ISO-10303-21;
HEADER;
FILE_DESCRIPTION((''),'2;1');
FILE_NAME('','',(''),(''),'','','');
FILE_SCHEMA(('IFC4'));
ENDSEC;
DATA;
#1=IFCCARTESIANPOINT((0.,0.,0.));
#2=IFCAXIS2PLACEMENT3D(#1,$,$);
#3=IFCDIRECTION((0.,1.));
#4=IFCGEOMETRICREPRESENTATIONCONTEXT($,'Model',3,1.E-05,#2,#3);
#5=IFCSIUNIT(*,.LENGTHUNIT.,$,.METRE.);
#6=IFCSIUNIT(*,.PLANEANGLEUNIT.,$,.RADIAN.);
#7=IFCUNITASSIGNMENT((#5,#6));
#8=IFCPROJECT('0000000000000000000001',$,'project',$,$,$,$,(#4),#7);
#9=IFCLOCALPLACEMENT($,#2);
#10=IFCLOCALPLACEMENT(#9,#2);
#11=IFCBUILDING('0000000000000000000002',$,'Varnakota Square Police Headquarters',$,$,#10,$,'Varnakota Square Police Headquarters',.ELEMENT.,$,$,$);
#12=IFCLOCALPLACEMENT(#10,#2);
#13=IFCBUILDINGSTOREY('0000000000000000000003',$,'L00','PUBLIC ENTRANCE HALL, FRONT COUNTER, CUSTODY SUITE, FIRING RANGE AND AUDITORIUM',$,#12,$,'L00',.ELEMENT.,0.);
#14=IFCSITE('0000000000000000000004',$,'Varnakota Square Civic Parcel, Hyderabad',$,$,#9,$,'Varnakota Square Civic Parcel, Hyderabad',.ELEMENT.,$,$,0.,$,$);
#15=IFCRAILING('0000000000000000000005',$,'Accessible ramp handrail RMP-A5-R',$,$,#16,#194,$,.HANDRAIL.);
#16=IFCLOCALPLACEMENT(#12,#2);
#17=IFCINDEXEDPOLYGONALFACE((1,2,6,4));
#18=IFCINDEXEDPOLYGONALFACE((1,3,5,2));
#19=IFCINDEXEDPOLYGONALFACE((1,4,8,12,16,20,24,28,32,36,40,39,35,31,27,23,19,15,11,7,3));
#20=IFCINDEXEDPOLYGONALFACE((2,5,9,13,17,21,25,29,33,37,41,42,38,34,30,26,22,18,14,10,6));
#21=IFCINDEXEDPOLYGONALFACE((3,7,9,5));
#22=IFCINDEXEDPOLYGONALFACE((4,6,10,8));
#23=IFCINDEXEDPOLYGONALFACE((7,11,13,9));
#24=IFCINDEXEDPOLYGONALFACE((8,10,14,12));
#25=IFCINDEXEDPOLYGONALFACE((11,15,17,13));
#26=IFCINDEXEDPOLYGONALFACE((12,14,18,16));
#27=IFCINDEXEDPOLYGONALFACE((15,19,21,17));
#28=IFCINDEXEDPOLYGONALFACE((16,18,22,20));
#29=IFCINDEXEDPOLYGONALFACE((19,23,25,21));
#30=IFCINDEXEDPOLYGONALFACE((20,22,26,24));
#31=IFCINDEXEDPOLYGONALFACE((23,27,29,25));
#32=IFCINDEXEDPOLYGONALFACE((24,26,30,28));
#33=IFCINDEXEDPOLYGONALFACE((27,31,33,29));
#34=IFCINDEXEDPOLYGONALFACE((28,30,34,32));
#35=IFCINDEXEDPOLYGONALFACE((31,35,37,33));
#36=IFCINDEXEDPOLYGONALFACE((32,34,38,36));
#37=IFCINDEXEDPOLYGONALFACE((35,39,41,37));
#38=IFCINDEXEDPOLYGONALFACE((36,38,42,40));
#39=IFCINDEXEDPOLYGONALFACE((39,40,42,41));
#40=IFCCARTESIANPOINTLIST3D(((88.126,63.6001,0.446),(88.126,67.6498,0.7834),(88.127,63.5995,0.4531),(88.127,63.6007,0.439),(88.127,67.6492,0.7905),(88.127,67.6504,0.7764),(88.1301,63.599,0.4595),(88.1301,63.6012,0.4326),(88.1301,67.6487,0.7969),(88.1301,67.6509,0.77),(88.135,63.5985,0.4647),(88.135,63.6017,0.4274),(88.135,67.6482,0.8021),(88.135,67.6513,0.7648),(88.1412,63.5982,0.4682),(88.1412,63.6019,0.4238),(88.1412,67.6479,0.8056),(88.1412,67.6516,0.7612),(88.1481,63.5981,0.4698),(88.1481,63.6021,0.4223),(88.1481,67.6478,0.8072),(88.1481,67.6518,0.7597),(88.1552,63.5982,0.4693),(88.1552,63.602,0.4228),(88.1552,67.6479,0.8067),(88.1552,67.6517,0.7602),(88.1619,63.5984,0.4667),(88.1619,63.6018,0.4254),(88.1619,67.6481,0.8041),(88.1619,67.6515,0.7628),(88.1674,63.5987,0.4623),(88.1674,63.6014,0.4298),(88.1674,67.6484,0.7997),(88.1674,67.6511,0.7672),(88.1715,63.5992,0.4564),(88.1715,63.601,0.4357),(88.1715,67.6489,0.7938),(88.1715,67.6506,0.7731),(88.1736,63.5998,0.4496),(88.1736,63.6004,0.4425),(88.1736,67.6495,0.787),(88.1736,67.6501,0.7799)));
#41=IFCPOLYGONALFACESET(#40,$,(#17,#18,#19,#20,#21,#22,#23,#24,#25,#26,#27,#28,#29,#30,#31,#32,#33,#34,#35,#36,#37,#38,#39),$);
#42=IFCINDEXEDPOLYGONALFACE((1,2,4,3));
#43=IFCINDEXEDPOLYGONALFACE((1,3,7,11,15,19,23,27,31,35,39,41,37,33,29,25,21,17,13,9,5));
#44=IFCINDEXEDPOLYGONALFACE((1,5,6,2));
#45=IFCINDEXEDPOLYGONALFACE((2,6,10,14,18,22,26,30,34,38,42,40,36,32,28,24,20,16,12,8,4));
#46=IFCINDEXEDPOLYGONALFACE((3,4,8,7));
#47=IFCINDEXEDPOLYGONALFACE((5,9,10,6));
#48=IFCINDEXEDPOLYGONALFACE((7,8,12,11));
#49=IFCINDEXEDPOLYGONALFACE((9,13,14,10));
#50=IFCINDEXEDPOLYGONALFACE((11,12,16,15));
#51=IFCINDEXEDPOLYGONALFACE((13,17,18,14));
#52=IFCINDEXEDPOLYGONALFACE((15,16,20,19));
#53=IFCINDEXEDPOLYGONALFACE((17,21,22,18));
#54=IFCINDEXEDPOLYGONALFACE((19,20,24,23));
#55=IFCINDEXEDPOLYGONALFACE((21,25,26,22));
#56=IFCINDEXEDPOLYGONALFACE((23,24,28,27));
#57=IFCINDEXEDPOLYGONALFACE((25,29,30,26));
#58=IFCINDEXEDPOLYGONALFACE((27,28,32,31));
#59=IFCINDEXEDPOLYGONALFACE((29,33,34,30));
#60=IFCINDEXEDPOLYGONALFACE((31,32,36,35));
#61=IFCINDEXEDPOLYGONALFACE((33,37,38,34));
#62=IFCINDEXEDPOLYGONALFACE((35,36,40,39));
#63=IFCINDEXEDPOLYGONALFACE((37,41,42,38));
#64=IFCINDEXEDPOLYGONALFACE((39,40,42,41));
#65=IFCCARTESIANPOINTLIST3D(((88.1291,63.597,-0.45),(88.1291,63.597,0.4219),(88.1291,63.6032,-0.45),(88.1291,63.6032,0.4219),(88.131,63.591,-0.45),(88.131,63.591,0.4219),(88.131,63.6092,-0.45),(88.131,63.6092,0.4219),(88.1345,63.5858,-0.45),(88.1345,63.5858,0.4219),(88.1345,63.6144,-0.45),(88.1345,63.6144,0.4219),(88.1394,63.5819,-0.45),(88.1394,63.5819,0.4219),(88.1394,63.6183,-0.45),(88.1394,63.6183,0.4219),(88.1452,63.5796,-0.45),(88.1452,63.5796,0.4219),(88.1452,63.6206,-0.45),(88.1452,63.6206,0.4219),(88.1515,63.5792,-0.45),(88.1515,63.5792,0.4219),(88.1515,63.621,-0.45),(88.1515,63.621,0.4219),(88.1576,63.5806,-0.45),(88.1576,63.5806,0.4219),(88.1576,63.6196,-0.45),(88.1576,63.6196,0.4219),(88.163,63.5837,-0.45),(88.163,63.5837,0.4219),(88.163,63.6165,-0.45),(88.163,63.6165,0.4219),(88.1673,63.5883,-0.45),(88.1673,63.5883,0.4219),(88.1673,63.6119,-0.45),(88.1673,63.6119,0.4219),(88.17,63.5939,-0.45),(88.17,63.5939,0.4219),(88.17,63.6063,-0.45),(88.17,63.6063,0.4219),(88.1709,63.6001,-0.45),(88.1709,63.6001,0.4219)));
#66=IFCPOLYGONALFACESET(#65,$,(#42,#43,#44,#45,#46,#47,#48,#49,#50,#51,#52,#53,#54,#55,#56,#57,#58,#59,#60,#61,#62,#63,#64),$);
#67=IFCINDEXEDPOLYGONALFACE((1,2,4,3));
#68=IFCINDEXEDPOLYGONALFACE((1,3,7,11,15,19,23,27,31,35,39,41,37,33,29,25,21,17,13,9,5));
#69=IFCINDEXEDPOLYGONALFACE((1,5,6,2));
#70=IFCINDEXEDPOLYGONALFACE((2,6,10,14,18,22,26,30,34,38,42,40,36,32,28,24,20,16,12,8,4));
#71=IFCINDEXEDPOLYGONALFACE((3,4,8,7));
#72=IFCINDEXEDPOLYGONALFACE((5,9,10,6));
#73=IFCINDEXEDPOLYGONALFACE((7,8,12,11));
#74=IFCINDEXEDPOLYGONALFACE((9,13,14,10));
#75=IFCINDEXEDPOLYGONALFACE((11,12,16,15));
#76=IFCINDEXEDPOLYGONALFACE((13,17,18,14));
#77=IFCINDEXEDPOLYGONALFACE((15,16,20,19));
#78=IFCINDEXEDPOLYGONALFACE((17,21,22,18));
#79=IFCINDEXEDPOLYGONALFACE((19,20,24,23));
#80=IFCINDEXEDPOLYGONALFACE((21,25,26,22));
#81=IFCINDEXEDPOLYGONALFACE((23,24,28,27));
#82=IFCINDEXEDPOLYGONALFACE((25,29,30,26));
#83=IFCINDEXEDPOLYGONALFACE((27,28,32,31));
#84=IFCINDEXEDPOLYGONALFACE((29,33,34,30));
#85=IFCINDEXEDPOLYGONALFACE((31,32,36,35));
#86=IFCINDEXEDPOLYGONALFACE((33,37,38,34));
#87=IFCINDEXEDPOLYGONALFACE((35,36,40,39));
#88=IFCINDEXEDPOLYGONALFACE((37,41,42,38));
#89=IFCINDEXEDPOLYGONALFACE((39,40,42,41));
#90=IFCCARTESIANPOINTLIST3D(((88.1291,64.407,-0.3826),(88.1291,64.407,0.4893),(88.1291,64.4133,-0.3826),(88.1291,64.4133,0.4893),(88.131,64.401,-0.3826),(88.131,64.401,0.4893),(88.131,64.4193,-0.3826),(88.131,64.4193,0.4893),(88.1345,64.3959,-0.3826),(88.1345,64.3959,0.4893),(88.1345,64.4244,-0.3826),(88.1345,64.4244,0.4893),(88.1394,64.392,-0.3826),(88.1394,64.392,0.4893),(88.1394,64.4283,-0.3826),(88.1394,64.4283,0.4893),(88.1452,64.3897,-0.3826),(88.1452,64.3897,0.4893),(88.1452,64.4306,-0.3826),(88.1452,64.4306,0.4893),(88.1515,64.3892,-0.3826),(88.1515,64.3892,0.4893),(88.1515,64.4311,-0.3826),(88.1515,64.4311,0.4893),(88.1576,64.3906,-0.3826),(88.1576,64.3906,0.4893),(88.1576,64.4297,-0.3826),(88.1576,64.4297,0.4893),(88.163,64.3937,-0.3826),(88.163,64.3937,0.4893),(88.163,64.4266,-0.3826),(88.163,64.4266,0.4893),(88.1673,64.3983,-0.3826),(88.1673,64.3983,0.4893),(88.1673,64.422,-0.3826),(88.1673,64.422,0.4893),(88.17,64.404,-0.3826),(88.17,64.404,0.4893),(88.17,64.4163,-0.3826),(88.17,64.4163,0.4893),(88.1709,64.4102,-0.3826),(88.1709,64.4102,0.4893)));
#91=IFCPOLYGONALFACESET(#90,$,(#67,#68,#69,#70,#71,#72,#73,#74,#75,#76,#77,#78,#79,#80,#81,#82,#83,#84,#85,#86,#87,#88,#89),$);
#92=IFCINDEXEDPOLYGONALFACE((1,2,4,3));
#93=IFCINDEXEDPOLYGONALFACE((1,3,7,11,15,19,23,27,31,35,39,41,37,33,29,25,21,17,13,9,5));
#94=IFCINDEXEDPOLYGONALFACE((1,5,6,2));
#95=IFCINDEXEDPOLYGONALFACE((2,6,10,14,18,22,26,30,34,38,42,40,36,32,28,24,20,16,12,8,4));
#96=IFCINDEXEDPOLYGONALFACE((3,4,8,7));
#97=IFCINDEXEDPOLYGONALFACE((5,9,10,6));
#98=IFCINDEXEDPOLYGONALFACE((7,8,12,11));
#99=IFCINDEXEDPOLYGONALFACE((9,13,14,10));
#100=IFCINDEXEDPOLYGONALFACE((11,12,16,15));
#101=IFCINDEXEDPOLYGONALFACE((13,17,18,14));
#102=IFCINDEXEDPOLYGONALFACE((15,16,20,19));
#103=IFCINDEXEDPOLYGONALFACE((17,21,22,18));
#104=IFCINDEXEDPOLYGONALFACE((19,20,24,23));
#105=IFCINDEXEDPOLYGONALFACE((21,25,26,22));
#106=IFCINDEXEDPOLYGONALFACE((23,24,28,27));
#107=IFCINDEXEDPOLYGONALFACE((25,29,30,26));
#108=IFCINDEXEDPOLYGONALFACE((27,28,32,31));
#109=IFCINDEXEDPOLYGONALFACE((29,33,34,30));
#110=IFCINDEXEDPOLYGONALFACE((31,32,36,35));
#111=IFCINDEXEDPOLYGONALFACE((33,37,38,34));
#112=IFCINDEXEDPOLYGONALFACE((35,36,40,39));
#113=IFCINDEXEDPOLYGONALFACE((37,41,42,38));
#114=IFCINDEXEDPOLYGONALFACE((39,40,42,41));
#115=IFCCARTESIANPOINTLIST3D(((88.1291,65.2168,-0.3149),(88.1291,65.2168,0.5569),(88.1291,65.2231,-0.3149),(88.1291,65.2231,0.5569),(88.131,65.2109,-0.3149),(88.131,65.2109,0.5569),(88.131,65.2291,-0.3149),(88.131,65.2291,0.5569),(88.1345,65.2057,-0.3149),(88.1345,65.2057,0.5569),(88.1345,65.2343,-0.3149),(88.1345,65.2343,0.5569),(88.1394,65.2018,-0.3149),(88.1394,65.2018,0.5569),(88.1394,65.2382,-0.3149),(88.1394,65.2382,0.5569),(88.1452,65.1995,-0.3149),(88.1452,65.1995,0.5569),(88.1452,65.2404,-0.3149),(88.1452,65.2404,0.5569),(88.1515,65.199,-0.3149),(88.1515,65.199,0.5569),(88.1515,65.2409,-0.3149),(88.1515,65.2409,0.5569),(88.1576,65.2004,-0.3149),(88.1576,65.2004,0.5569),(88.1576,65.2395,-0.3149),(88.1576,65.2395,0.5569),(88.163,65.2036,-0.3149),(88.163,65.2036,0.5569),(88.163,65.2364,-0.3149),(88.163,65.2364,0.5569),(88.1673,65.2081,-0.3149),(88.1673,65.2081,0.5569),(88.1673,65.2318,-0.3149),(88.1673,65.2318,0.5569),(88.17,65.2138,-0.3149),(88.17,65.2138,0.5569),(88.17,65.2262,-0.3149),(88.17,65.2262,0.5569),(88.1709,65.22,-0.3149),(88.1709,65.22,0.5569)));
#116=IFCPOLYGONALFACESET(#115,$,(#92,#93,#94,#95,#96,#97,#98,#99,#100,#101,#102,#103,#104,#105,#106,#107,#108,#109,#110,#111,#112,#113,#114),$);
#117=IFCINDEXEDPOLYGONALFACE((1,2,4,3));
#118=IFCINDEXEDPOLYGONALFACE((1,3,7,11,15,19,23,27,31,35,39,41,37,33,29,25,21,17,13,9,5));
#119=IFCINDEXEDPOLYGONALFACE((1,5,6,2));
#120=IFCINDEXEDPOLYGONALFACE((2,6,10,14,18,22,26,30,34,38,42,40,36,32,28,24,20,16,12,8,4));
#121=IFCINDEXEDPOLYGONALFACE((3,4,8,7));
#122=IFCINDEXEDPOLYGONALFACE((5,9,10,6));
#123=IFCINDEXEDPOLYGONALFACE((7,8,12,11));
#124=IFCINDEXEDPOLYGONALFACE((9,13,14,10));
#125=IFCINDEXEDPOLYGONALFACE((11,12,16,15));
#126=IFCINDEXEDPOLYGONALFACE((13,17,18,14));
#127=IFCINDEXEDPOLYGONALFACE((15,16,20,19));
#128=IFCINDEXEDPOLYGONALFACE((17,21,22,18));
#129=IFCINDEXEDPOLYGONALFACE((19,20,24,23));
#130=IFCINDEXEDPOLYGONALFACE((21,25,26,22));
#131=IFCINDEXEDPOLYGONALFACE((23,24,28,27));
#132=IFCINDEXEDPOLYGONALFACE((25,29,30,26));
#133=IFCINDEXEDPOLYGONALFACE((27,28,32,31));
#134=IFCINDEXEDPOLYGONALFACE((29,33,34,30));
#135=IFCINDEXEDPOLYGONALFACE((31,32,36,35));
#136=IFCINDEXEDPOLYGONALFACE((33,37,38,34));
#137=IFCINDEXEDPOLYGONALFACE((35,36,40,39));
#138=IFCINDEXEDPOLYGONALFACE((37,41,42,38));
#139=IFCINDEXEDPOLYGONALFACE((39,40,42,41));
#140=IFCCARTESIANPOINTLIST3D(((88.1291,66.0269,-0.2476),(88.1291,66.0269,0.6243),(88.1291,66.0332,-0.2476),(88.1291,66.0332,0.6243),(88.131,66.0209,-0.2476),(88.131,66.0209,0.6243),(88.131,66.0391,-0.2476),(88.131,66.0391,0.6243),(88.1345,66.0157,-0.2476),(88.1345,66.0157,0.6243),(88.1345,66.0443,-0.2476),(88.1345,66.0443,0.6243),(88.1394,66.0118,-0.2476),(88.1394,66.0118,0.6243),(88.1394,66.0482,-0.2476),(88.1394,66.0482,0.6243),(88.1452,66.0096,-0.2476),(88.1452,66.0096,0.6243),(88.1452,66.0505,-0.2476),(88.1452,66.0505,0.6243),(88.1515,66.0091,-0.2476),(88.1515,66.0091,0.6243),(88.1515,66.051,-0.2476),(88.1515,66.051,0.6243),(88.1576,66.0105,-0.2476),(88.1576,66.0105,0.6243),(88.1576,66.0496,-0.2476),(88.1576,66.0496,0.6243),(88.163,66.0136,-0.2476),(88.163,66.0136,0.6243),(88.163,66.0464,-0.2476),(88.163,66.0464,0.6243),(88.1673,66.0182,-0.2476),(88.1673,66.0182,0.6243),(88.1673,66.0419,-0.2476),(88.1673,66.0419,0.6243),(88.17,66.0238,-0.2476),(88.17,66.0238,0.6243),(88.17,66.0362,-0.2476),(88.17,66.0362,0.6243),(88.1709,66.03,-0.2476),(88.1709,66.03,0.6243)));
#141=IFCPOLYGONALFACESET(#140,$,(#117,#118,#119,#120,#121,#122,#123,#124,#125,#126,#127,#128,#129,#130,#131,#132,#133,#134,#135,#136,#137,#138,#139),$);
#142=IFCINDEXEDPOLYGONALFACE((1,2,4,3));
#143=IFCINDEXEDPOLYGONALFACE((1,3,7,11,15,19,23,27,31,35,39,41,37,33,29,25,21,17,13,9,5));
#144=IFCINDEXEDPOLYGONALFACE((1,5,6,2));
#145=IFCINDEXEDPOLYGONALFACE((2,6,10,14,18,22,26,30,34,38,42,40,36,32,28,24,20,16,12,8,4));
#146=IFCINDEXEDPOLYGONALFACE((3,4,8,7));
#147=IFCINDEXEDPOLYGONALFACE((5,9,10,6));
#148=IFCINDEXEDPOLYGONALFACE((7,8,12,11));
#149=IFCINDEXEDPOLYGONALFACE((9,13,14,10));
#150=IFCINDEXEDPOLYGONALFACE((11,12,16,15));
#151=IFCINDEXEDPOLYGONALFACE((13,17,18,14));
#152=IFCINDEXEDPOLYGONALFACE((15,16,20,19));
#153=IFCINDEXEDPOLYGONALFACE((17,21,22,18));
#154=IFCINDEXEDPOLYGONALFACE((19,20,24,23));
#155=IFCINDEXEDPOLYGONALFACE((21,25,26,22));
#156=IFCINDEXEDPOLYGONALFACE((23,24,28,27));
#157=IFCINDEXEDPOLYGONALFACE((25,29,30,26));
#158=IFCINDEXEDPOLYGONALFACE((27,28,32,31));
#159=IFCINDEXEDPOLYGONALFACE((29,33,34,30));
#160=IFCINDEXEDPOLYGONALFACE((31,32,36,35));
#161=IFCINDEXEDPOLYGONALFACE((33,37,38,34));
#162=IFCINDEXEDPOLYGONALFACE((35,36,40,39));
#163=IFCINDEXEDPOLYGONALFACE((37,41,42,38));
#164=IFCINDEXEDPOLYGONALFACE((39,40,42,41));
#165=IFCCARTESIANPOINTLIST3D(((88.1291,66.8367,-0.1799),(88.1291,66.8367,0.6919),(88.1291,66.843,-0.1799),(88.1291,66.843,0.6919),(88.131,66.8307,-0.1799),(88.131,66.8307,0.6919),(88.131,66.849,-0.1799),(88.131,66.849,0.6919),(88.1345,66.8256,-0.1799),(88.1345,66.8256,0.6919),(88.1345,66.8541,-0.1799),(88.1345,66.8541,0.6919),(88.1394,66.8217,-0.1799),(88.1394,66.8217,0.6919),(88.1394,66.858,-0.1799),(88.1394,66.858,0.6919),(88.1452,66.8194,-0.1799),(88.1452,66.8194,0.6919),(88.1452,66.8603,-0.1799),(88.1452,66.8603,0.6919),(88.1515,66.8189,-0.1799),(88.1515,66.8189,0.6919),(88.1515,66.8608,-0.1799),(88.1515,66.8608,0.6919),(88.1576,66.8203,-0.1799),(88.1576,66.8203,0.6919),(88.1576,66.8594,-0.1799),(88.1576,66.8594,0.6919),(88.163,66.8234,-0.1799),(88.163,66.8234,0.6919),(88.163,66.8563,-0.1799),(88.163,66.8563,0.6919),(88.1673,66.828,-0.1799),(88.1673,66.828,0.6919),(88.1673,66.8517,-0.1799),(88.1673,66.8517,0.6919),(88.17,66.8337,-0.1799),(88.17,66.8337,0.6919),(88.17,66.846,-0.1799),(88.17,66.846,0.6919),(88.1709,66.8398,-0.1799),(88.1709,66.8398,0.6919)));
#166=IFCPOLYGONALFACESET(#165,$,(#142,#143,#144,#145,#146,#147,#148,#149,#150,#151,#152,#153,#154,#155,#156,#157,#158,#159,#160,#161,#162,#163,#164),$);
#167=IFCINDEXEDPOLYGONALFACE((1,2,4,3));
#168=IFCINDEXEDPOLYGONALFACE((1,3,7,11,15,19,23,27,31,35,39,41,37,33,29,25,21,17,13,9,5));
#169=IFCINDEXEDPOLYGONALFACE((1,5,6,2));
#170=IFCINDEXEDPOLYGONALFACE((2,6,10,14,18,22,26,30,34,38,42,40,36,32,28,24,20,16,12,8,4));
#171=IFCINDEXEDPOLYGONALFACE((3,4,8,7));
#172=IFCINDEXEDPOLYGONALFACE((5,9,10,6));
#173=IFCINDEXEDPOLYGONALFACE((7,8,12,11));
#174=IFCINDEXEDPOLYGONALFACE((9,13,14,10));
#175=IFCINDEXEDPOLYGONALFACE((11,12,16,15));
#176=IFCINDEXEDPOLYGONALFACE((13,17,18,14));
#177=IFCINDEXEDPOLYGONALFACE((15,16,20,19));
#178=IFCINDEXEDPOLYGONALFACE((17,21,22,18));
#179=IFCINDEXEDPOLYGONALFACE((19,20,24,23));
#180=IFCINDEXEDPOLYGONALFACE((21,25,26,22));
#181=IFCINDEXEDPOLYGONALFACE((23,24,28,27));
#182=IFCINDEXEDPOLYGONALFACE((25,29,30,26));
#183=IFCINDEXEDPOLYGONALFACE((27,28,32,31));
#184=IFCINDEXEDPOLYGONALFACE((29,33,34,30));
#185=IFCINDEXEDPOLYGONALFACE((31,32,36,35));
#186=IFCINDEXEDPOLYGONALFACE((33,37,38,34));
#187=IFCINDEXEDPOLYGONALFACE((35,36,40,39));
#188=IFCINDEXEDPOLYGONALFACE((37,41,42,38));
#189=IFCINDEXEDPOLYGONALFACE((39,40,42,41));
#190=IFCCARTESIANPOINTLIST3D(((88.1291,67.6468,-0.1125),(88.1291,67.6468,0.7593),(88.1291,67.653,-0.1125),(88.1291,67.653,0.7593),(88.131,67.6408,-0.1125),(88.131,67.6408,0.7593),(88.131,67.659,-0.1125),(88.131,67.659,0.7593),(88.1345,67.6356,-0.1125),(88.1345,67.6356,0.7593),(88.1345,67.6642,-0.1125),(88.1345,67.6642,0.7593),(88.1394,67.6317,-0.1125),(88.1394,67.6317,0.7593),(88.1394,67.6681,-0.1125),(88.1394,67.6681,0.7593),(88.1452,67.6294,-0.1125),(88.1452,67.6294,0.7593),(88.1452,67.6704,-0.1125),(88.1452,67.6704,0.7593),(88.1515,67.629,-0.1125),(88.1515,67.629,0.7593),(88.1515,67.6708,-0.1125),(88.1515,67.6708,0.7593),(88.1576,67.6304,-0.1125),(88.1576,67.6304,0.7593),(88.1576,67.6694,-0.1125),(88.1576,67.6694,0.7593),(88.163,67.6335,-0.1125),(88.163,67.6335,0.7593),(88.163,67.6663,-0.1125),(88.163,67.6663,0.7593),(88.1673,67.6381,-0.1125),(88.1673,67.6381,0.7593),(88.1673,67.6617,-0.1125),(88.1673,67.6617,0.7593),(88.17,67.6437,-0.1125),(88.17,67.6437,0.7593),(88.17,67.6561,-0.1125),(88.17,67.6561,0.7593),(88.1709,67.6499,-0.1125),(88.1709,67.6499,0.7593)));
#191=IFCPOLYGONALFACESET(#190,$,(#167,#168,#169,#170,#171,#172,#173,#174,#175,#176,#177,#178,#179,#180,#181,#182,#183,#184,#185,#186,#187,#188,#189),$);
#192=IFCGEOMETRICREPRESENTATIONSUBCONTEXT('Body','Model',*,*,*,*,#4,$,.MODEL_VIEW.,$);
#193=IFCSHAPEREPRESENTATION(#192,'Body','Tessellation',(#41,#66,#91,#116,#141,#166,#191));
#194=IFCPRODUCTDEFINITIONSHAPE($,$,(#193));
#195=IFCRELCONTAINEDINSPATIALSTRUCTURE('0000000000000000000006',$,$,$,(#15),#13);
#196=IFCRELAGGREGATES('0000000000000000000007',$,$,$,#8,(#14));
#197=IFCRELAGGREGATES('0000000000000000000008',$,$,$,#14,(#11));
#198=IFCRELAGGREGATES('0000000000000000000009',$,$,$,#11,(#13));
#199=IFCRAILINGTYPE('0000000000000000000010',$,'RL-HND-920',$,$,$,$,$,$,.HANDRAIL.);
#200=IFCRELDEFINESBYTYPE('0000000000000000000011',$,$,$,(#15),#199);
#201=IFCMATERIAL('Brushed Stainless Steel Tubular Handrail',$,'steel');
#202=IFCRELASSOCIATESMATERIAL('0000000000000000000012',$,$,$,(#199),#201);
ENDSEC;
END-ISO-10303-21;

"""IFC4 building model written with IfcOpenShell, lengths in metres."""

from ifc_helpers import new_model, si_unit, direction, frame, origin, origin_2d, place, context, subcontext, project, spatial, circle, extrude, material, type_object, element, save


model = new_model("IFC4")

# Units and contexts
model_context = context("Model", 3, precision=1e-05, world=origin(), true_north=direction((0.0, 1.0)))
body_context = subcontext(model_context, "Body", "Model", "MODEL_VIEW")
ifc_project = project(units=[si_unit("LENGTHUNIT", "METRE"), si_unit("PLANEANGLEUNIT", "RADIAN")], contexts=[model_context])

# Site, building, storey
site_placement = place(None, origin())
site = spatial("IfcSite", under=ifc_project, at=site_placement, Name="Varnakota Square Civic Parcel, Hyderabad", LongName="Varnakota Square Civic Parcel, Hyderabad", CompositionType="ELEMENT", RefElevation=0.0)
building_placement = place(site_placement, origin())
building = spatial("IfcBuilding", under=site, at=building_placement, Name="Varnakota Square Police Headquarters", LongName="Varnakota Square Police Headquarters", CompositionType="ELEMENT")
storey_placement = place(building_placement, origin())
storey = spatial("IfcBuildingStorey", under=building, at=storey_placement, Name="L00", Description="PUBLIC ENTRANCE HALL, FRONT COUNTER, CUSTODY SUITE, FIRING RANGE AND AUDITORIUM", LongName="L00", CompositionType="ELEMENT", Elevation=0.0)

# Railing
ifc_material_1 = material(Name="Brushed Stainless Steel Tubular Handrail", Category="steel")
railing_type = type_object("IfcRailingType", Name="RL-HND-920", PredefinedType="HANDRAIL", material=ifc_material_1)
for number, where, name in (
    (1, (88.1499, 63.6001, -0.45), "Accessible ramp handrail RMP-A5-R"),
):
    element("IfcRailing", number, at=place(storey_placement, frame(where)), inside=storey, type_object=railing_type, Name=name, PredefinedType="HANDRAIL", context=body_context, shape_type="SweptSolid", body=[
        extrude(circle(Radius=0.0239, at=origin_2d()), frame((0.0, 0.0, 0.896), z_axis=(0.0, 0.996547, 0.083026), x_axis=(-1.0, 0.0, 0.0)), (0.0, 0.0, 1.0), 4.0637),
        extrude(circle(Radius=0.021, at=origin_2d()), origin(), (0.0, 0.0, 1.0), 0.8718),
        extrude(circle(Radius=0.021, at=origin_2d()), frame((0.0, 0.8101, 0.0674)), (0.0, 0.0, 1.0), 0.8718),
        extrude(circle(Radius=0.021, at=origin_2d()), frame((0.0, 1.6199, 0.135)), (0.0, 0.0, 1.0), 0.8718),
        extrude(circle(Radius=0.021, at=origin_2d()), frame((0.0, 2.4299, 0.2024)), (0.0, 0.0, 1.0), 0.8718),
        extrude(circle(Radius=0.021, at=origin_2d()), frame((0.0, 3.2397, 0.27)), (0.0, 0.0, 1.0), 0.8718),
        extrude(circle(Radius=0.021, at=origin_2d()), frame((0.0, 4.0498, 0.3374)), (0.0, 0.0, 1.0), 0.8718),
    ])

save(model, "model.ifc")
